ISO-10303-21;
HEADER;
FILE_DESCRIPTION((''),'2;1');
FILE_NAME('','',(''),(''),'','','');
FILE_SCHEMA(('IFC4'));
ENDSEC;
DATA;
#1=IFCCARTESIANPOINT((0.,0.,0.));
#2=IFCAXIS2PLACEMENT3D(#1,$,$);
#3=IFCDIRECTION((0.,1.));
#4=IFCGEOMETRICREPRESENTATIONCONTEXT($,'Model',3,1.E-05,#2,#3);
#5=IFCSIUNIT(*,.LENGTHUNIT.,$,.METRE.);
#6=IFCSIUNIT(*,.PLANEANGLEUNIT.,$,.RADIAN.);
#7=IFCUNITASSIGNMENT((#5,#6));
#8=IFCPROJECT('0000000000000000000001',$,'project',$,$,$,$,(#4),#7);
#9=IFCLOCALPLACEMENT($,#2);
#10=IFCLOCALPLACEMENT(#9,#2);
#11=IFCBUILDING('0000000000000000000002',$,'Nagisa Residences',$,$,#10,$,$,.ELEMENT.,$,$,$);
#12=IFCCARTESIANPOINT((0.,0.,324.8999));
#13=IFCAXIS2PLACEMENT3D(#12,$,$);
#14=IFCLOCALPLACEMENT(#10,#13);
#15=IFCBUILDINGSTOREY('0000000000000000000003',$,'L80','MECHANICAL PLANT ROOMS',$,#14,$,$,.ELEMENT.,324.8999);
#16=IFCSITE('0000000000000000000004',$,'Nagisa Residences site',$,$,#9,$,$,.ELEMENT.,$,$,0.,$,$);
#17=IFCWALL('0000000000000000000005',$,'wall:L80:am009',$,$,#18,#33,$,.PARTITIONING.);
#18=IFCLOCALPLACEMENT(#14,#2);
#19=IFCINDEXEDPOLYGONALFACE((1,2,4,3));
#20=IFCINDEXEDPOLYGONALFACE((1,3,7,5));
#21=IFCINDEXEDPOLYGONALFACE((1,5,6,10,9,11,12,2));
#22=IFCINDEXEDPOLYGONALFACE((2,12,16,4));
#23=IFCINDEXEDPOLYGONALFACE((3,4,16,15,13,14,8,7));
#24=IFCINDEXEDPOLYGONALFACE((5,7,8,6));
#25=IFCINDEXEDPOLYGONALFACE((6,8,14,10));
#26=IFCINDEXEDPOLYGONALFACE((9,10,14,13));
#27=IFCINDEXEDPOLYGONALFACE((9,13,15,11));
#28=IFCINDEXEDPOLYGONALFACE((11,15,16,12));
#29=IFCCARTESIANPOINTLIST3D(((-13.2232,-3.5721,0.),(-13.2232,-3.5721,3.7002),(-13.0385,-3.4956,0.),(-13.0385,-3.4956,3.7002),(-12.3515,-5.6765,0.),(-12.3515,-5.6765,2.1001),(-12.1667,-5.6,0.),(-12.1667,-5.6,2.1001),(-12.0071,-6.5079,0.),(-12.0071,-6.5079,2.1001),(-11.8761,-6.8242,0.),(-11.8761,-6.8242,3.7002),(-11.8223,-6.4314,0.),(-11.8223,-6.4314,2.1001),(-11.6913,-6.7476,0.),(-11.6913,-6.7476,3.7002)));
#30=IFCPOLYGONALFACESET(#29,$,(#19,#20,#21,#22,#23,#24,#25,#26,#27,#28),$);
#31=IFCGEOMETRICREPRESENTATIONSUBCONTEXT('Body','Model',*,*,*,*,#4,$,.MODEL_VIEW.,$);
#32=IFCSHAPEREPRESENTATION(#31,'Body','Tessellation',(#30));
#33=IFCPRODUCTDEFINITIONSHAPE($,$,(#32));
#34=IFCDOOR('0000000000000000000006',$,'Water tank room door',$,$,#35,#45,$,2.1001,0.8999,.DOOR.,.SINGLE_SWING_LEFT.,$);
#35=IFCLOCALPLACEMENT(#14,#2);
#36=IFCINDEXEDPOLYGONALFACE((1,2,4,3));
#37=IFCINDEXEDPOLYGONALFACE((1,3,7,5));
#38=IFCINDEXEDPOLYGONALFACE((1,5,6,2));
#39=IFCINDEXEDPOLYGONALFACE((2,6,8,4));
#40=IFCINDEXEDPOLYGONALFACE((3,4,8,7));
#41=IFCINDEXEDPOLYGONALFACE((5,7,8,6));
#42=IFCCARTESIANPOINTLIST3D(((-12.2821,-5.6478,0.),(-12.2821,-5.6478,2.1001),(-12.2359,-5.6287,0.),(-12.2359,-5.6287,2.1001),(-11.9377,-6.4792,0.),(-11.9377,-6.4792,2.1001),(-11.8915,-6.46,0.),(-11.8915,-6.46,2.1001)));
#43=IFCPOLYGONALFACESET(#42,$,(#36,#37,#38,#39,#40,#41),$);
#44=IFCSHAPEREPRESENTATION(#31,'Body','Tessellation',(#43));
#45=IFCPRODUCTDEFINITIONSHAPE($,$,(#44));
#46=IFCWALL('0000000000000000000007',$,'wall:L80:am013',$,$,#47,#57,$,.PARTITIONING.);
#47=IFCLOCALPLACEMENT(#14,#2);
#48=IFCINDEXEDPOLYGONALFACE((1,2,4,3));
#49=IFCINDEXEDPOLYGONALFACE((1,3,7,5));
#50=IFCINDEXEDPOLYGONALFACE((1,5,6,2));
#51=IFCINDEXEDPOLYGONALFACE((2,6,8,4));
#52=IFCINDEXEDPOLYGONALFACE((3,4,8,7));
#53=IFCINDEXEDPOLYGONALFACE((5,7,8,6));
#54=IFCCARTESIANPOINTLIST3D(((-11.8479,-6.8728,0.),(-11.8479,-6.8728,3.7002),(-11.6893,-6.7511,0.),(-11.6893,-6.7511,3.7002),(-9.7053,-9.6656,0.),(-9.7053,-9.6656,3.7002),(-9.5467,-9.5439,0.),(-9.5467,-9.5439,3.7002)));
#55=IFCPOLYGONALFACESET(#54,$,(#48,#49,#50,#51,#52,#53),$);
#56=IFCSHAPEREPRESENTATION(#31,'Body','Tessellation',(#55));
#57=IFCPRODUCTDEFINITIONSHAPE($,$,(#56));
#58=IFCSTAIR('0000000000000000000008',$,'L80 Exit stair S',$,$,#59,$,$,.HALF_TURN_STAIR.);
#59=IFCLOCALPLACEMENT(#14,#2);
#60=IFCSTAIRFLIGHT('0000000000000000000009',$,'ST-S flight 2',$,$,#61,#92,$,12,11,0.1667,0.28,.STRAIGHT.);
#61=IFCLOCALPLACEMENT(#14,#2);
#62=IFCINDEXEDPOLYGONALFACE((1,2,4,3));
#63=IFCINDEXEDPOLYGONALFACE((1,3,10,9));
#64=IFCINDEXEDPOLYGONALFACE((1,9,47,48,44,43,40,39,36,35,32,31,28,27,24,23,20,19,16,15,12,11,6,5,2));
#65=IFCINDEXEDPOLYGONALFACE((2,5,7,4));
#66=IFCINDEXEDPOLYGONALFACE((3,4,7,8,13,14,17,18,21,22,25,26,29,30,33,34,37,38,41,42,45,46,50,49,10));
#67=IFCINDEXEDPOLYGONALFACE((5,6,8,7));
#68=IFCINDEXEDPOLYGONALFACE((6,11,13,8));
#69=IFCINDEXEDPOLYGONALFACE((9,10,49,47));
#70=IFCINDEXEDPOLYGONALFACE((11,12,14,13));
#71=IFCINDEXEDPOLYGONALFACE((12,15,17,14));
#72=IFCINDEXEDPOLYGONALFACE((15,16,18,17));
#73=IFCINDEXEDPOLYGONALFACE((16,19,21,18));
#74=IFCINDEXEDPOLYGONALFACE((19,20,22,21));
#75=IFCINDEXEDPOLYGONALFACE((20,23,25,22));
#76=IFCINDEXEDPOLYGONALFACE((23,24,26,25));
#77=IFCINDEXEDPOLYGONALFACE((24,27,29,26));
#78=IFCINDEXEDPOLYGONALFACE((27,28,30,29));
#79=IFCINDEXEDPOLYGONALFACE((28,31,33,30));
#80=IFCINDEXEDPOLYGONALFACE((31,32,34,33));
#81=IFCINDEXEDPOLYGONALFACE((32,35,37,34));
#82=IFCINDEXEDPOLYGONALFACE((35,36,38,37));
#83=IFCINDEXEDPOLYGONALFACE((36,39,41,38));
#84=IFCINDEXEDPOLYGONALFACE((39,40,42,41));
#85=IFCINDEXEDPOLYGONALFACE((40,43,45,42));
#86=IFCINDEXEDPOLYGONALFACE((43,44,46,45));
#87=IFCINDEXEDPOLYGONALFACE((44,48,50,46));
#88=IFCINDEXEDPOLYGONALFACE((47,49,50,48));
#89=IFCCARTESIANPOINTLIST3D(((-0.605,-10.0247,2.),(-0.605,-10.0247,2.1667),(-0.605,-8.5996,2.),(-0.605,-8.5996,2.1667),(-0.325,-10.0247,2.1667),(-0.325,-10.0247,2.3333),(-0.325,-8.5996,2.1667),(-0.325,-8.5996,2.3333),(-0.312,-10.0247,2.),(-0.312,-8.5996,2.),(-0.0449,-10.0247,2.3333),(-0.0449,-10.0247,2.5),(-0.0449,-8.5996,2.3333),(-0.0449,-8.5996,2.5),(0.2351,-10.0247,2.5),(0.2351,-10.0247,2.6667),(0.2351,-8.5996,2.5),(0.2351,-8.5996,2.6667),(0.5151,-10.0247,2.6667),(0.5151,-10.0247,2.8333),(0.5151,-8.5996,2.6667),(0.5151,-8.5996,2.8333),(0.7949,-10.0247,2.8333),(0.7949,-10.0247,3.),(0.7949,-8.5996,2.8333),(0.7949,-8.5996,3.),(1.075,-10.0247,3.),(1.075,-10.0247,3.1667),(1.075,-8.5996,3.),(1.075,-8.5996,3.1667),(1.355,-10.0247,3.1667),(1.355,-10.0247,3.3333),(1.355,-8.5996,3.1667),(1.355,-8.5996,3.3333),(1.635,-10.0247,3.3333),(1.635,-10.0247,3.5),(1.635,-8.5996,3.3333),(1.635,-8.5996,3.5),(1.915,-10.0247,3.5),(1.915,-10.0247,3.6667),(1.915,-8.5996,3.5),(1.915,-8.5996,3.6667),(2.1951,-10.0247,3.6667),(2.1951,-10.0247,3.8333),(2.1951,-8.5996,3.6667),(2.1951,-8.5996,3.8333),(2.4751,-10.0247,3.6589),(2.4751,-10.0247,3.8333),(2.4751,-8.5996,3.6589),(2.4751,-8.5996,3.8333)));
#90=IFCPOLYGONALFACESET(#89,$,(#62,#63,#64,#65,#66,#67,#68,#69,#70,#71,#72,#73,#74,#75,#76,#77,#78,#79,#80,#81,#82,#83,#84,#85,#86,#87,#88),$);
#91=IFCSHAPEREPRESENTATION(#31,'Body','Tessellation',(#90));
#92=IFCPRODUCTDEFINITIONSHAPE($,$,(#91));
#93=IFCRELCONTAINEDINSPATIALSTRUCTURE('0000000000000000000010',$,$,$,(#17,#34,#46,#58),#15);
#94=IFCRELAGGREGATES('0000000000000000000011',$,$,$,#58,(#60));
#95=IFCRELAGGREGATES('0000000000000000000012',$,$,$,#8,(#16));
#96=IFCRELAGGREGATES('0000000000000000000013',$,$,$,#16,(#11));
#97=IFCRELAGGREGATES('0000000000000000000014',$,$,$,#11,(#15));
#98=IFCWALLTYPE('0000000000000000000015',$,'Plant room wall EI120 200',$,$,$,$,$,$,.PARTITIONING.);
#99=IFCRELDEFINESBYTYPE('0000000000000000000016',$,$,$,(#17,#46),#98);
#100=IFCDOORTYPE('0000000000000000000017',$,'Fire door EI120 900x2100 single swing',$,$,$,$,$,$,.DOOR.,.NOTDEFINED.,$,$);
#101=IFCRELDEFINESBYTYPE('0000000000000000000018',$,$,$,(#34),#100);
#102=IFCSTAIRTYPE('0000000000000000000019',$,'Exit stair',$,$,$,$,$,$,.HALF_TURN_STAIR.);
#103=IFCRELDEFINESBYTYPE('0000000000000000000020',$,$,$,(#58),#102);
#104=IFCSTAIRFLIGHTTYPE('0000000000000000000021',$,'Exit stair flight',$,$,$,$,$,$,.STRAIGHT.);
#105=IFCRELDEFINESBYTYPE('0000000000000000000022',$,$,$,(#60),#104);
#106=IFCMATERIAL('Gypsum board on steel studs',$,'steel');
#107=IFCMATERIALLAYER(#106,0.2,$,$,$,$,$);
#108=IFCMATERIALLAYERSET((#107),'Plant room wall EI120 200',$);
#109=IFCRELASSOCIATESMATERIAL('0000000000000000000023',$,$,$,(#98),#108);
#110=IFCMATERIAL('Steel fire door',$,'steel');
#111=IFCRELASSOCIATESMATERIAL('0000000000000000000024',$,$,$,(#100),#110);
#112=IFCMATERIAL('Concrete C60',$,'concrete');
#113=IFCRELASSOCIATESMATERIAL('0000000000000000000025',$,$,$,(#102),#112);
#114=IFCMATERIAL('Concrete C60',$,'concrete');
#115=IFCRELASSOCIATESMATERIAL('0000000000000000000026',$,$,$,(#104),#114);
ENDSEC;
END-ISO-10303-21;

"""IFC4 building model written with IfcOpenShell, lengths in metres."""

from ifc_helpers import new_model, si_unit, direction, frame, frame_2d, origin, place, context, subcontext, project, spatial, polyline, rectangle, outline, extrude, material, layer, layer_set, type_object, element, fill, aggregate, save


model = new_model("IFC4")

# Units and contexts
model_context = context("Model", 3, precision=1e-05, world=origin(), true_north=direction((0.0, 1.0)))
body_context = subcontext(model_context, "Body", "Model", "MODEL_VIEW")
ifc_project = project(units=[si_unit("LENGTHUNIT", "METRE"), si_unit("PLANEANGLEUNIT", "RADIAN")], contexts=[model_context])

# Site, building, storey
site_placement = place(None, origin())
site = spatial("IfcSite", under=ifc_project, at=site_placement, Name="Nagisa Residences site", CompositionType="ELEMENT", RefElevation=0.0)
building_placement = place(site_placement, origin())
building = spatial("IfcBuilding", under=site, at=building_placement, Name="Nagisa Residences", CompositionType="ELEMENT")
storey_placement = place(building_placement, frame((0.0, 0.0, 324.8999)))
storey = spatial("IfcBuildingStorey", under=building, at=storey_placement, Name="L80", Description="MECHANICAL PLANT ROOMS", CompositionType="ELEMENT", Elevation=324.8999)

# Shared definitions
ifc_material_1 = material(Name="Gypsum board on steel studs", Category="steel")
ifc_layer_1 = layer(ifc_material_1, 0.2)
ifc_layer_set_1 = layer_set([ifc_layer_1], Name="Plant room wall EI120 200")
wall_type_1 = type_object("IfcWallType", Name="Plant room wall EI120 200", PredefinedType="PARTITIONING", material=ifc_layer_set_1)

# Wall, opening, door
wall_1_placement = place(storey_placement, frame((-11.7837, -6.7859, 0.0), z_axis=(0.0, 0.0, 1.0), x_axis=(-0.382723, 0.923863, 0.0)))
wall_1 = element("IfcWall", 1, at=wall_1_placement, inside=storey, type_object=wall_type_1, Name="wall:L80:am009", PredefinedType="PARTITIONING", context=body_context, shape_type="SweptSolid", body=[
    extrude(rectangle(XDim=3.52, YDim=0.2, at=frame_2d((1.76, 0.0))), origin(), (0.0, 0.0, 1.0), 3.7002),
])
opening_1_placement = place(wall_1_placement, frame((0.3423, 0.0, 0.0)))
opening_1 = element("IfcOpeningElement", 2, at=opening_1_placement, cuts=wall_1, PredefinedType="OPENING", context=body_context, shape_type="SweptSolid", body=[
    extrude(rectangle(XDim=0.8999, YDim=2.1001, at=frame_2d((0.45, 1.05))), frame((0.0, 0.1099, 0.0), z_axis=(0.0, -1.0, 0.0), x_axis=(1.0, 0.0, 0.0)), (0.0, 0.0, 1.0), 0.22),
])
ifc_material_2 = material(Name="Steel fire door", Category="steel")
door_type_1 = type_object("IfcDoorType", Name="Fire door EI120 900x2100 single swing", OperationType="NOTDEFINED", PredefinedType="DOOR", material=ifc_material_2)
door_1_placement = place(opening_1_placement, origin())
door_1 = element("IfcDoor", 3, at=door_1_placement, inside=storey, type_object=door_type_1, Name="Water tank room door", OperationType="SINGLE_SWING_LEFT", OverallHeight=2.1001, OverallWidth=0.8999, PredefinedType="DOOR", context=body_context, shape_type="SweptSolid", body=[
    extrude(rectangle(XDim=0.8999, YDim=2.1001, at=frame_2d((0.45, 1.05))), frame((0.0, 0.0249, 0.0), z_axis=(0.0, -1.0, 0.0), x_axis=(1.0, 0.0, 0.0)), (0.0, 0.0, 1.0), 0.05),
])
fill(opening_1, door_1)

# Wall
wall_2_placement = place(storey_placement, frame((-9.626, -9.6047, 0.0), z_axis=(0.0, 0.0, 1.0), x_axis=(-0.608698, 0.793402, 0.0)))
element("IfcWall", 4, at=wall_2_placement, inside=storey, type_object=wall_type_1, Name="wall:L80:am013", PredefinedType="PARTITIONING", context=body_context, shape_type="SweptSolid", body=[
    extrude(rectangle(XDim=3.52, YDim=0.2, at=frame_2d((1.76, 0.0))), origin(), (0.0, 0.0, 1.0), 3.7002),
])

# Stair, stair flight
ifc_material_3 = material(Name="Concrete C60", Category="concrete")
stair_type = type_object("IfcStairType", Name="Exit stair", PredefinedType="HALF_TURN_STAIR", material=ifc_material_3)
stair_placement = place(storey_placement, origin())
stair = element("IfcStair", 5, at=stair_placement, inside=storey, type_object=stair_type, Name="L80 Exit stair S", PredefinedType="HALF_TURN_STAIR")
ifc_material_4 = material(Name="Concrete C60", Category="concrete")
stair_flight_type = type_object("IfcStairFlightType", Name="Exit stair flight", PredefinedType="STRAIGHT", material=ifc_material_4)
stair_flight_placement = place(storey_placement, frame((-0.605, -9.312, 2.0), z_axis=(0.0, 0.0, 1.0), x_axis=(1.0, 0.0, 0.0)))
stair_flight = element("IfcStairFlight", 6, at=stair_flight_placement, type_object=stair_flight_type, Name="ST-S flight 2", NumberOfRisers=12, NumberOfTreads=11, PredefinedType="STRAIGHT", RiserHeight=0.1667, TreadLength=0.28, context=body_context, shape_type="SweptSolid", body=[
    extrude(outline(polyline([(0.0, 0.0), (0.0, 0.1667), (0.28, 0.1667), (0.28, 0.3333), (0.5601, 0.3333), (0.5601, 0.5), (0.8401, 0.5), (0.8401, 0.6667), (1.1201, 0.6667), (1.1201, 0.8333), (1.3999, 0.8333), (1.3999, 1.0), (1.6799, 1.0), (1.6799, 1.1667), (1.96, 1.1667), (1.96, 1.3333), (2.24, 1.3333), (2.24, 1.5), (2.52, 1.5), (2.52, 1.6667), (2.8, 1.6667), (2.8, 1.8333), (3.0801, 1.8333), (3.0801, 2.0), (3.0801, 1.6589), (0.293, 0.0), (0.0, 0.0)])), frame((0.0, 0.7124, 0.0), z_axis=(0.0, -1.0, 0.0), x_axis=(1.0, 0.0, 0.0)), (0.0, 0.0, 1.0), 1.425),
])
aggregate(stair, [stair_flight])

save(model, "model.ifc")
